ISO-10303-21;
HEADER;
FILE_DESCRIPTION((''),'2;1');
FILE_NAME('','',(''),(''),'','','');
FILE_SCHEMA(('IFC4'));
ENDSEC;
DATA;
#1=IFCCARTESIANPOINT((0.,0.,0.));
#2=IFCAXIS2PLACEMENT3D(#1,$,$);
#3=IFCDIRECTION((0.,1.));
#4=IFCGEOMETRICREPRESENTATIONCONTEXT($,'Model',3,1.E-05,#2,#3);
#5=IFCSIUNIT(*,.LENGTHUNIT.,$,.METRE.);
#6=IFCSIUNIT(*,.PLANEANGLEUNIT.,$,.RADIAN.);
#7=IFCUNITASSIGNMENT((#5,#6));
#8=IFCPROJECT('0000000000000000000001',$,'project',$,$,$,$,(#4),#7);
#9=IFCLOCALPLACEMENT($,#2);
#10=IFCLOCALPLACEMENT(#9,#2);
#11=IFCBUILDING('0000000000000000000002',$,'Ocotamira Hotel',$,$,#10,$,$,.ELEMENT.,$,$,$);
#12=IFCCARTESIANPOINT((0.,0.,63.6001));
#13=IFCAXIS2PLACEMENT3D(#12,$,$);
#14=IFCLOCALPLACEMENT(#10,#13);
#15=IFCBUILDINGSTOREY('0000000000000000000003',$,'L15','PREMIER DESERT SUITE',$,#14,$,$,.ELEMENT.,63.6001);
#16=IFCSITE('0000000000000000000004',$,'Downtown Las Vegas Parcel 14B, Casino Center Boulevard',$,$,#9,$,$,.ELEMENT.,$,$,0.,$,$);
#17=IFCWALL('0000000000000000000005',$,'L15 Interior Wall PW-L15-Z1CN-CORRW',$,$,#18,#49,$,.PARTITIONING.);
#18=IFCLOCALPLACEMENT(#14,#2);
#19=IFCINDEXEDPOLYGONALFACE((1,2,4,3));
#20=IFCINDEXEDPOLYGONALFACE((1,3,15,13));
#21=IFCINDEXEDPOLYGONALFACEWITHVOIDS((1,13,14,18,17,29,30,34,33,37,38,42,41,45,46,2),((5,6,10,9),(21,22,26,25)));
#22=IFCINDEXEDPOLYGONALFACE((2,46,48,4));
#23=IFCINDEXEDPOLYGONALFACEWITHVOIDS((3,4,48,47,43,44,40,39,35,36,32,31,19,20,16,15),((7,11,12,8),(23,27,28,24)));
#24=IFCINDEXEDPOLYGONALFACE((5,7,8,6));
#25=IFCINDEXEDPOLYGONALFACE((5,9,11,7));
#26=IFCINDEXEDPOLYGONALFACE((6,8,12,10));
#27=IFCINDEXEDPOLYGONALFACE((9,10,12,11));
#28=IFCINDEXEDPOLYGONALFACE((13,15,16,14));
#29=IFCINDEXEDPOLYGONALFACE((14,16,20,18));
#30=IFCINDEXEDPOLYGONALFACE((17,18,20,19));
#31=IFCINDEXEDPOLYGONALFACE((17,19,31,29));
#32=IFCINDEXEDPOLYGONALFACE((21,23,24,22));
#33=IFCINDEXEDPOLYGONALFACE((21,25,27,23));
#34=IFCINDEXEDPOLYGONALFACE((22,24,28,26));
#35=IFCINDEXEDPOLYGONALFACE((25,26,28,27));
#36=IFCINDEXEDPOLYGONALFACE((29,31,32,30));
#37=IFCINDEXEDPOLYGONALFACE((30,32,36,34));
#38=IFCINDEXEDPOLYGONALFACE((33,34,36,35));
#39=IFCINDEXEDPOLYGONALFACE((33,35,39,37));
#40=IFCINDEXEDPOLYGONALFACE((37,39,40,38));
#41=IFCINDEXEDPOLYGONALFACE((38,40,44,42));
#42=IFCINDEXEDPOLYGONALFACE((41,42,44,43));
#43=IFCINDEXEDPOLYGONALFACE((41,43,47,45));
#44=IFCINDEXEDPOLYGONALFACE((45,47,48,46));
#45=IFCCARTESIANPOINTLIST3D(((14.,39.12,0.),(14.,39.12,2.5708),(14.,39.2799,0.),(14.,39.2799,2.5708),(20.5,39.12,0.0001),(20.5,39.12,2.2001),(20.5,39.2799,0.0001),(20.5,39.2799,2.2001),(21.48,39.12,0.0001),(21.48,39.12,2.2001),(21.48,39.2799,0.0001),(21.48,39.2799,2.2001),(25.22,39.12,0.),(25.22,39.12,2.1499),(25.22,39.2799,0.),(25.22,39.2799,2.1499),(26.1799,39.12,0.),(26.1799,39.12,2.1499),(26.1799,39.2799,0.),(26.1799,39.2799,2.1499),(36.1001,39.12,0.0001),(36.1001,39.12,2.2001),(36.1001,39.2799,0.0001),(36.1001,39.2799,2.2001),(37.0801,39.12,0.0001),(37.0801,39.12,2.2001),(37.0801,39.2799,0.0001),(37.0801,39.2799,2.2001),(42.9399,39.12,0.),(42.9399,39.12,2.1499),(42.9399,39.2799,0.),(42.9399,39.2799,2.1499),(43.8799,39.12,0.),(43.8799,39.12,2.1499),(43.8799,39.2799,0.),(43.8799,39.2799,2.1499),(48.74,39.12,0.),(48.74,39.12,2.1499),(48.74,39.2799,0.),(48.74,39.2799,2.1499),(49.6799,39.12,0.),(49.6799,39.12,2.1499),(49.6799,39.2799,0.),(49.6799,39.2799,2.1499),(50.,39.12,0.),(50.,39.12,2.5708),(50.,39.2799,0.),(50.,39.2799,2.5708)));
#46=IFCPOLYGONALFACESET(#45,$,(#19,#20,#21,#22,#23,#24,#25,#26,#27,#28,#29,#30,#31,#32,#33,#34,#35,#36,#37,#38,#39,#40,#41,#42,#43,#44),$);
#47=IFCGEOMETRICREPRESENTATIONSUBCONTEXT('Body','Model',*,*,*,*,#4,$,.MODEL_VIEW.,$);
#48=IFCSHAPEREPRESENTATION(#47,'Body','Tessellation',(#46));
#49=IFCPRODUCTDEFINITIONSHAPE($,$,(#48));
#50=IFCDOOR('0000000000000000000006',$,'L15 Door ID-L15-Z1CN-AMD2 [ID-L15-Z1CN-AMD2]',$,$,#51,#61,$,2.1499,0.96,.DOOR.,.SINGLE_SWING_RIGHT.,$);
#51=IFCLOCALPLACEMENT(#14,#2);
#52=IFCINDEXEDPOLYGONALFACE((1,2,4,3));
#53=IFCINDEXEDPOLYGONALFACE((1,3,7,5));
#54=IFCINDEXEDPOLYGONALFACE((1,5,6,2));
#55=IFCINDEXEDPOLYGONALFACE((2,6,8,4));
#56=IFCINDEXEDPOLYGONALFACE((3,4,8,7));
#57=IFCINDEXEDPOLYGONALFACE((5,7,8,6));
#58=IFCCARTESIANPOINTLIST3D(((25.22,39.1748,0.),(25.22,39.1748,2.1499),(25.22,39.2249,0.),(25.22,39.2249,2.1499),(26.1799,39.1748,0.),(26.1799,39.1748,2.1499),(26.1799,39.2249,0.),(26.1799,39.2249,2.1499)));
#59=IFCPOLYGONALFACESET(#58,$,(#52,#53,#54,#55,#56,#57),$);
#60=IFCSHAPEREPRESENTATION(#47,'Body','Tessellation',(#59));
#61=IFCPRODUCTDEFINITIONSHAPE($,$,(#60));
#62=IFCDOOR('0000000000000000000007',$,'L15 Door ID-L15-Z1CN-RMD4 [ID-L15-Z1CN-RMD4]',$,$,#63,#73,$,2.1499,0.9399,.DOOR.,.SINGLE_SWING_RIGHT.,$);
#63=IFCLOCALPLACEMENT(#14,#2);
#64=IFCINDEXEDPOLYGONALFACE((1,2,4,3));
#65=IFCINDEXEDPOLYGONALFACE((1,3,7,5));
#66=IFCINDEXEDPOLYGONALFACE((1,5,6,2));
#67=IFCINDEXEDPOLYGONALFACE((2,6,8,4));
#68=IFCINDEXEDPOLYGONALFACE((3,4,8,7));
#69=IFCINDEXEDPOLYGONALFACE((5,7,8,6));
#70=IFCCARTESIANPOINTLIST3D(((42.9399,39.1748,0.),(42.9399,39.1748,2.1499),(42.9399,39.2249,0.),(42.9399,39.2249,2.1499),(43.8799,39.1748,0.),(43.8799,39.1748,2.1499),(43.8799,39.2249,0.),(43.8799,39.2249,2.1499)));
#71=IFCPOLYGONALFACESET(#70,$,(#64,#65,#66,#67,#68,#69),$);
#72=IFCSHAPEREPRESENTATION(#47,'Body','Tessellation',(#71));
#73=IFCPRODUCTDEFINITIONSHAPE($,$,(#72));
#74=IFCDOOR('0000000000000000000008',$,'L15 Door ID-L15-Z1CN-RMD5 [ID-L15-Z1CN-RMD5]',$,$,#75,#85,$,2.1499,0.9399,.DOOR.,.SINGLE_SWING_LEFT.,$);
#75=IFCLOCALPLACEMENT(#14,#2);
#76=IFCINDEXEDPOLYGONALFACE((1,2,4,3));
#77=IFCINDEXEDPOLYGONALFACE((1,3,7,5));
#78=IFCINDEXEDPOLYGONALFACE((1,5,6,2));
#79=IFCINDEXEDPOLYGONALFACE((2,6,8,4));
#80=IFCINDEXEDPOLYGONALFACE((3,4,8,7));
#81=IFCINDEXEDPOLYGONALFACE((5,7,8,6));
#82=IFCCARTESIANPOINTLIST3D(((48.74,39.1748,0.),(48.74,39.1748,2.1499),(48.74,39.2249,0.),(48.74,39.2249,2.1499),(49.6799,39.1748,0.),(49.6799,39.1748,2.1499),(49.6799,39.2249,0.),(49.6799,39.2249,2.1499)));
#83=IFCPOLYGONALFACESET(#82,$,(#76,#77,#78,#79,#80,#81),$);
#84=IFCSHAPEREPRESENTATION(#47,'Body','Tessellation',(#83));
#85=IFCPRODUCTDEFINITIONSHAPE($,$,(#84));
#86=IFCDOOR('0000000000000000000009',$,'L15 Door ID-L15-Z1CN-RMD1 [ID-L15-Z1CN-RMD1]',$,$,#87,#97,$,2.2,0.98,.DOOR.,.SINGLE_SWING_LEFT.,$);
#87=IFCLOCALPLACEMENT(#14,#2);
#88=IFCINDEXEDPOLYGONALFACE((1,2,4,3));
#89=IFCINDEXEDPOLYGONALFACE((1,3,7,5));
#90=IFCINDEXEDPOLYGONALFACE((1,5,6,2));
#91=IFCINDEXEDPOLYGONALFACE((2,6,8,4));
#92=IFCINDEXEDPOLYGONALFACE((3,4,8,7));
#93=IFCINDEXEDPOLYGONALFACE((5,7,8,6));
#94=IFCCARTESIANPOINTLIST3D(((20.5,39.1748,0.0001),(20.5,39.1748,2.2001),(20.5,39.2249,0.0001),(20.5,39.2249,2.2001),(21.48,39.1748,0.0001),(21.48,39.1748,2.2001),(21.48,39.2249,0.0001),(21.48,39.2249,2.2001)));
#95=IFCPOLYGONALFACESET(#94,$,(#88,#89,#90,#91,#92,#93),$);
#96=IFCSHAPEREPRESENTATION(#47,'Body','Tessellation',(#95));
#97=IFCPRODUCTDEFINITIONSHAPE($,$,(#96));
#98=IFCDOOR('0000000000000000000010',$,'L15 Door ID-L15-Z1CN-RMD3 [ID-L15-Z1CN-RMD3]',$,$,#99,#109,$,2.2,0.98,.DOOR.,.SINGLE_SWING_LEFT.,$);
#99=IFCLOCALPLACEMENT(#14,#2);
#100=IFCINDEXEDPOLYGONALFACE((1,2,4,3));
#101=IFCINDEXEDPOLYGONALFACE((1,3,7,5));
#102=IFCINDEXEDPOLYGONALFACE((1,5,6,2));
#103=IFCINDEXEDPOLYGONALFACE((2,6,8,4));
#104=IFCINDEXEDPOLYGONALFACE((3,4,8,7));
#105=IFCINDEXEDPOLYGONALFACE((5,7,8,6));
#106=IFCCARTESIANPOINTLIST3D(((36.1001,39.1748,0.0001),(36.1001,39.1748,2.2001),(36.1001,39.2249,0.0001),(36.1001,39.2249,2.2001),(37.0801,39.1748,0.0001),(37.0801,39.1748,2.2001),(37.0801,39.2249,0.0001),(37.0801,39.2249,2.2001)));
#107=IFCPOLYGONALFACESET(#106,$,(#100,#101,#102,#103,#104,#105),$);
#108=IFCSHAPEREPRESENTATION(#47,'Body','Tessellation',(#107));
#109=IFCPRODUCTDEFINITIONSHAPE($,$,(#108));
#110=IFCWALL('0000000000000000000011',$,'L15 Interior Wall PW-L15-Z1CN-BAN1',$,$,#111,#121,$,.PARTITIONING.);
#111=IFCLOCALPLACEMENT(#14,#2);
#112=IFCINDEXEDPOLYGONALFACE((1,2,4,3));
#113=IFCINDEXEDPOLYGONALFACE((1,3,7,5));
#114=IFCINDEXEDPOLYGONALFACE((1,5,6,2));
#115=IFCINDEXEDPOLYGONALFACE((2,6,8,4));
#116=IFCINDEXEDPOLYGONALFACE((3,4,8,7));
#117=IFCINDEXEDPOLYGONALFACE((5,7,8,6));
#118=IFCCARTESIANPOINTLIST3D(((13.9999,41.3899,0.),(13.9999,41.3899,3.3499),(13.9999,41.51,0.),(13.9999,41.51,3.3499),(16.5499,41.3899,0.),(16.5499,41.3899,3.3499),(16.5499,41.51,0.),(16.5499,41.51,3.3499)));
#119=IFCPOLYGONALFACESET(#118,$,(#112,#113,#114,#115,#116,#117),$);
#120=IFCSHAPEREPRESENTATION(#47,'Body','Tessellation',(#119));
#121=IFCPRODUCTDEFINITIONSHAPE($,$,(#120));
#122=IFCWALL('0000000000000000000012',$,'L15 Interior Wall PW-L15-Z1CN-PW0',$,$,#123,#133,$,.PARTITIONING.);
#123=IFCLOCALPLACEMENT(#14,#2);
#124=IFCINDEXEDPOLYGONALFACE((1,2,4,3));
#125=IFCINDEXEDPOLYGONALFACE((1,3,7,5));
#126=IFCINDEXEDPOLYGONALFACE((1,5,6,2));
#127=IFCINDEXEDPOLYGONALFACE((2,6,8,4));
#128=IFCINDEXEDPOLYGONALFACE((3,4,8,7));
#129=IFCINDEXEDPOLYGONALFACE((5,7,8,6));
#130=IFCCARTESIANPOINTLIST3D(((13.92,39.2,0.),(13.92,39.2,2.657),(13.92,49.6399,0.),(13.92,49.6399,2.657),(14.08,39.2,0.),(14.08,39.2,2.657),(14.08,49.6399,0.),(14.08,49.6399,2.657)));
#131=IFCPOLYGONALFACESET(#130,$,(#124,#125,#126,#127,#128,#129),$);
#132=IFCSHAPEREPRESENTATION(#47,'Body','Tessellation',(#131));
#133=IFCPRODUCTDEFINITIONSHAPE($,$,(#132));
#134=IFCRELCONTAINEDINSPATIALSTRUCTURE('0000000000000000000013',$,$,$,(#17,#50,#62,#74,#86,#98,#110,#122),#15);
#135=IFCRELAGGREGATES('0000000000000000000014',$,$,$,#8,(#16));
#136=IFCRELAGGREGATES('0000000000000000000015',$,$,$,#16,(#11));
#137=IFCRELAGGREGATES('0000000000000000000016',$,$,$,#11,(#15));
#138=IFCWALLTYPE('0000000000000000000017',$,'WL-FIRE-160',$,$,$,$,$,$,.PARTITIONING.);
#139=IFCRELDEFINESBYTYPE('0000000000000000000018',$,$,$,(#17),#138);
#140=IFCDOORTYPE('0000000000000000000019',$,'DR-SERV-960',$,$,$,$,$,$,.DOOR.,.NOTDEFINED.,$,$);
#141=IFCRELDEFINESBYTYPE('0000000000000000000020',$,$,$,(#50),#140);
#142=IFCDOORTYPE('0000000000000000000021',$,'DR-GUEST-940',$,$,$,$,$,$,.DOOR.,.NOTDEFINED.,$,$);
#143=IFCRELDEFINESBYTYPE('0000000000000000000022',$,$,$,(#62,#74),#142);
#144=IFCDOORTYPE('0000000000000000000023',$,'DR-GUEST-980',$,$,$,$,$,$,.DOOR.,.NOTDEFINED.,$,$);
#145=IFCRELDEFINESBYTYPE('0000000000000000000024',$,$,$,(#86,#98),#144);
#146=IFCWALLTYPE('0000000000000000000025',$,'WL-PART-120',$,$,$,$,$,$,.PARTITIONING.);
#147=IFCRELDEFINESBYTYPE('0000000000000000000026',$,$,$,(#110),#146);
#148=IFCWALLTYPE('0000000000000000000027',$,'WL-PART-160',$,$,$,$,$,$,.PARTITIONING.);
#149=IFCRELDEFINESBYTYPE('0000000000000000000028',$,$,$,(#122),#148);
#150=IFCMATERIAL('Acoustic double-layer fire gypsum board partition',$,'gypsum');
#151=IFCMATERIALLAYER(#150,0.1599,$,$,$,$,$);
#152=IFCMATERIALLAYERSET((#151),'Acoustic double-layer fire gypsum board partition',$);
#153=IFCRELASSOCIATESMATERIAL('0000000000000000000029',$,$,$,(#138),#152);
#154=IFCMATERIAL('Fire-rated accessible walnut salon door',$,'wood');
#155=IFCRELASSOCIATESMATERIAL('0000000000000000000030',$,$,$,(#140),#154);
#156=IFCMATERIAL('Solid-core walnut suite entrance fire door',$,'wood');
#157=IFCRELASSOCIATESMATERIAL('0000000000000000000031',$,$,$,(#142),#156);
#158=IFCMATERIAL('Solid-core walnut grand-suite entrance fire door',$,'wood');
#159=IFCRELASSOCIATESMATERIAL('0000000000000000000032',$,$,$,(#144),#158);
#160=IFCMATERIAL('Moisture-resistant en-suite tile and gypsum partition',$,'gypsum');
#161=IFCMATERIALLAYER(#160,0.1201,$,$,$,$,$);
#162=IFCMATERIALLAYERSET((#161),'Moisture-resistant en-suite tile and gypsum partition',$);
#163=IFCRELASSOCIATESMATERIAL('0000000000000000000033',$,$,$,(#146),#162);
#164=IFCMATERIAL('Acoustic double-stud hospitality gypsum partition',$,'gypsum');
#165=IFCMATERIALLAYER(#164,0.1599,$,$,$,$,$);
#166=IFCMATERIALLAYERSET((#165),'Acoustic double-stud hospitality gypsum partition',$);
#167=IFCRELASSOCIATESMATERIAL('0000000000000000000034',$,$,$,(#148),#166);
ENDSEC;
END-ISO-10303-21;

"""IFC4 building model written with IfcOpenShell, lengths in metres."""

from ifc_helpers import new_model, si_unit, direction, frame, frame_2d, origin, place, context, subcontext, project, spatial, rectangle, extrude, source, transform, mapped, material, layer, layer_set, type_object, element, fill, save


model = new_model("IFC4")

# Units and contexts
model_context = context("Model", 3, precision=1e-05, world=origin(), true_north=direction((0.0, 1.0)))
body_context = subcontext(model_context, "Body", "Model", "MODEL_VIEW")
ifc_project = project(units=[si_unit("LENGTHUNIT", "METRE"), si_unit("PLANEANGLEUNIT", "RADIAN")], contexts=[model_context])

# Site, building, storey
site_placement = place(None, origin())
site = spatial("IfcSite", under=ifc_project, at=site_placement, Name="Downtown Las Vegas Parcel 14B, Casino Center Boulevard", CompositionType="ELEMENT", RefElevation=0.0)
building_placement = place(site_placement, origin())
building = spatial("IfcBuilding", under=site, at=building_placement, Name="Ocotamira Hotel", CompositionType="ELEMENT")
storey_placement = place(building_placement, frame((0.0, 0.0, 63.6001)))
storey = spatial("IfcBuildingStorey", under=building, at=storey_placement, Name="L15", Description="PREMIER DESERT SUITE", CompositionType="ELEMENT", Elevation=63.6001)

# Shared definitions
ifc_material_1 = material(Name="Acoustic double-layer fire gypsum board partition", Category="gypsum")
ifc_layer_1 = layer(ifc_material_1, 0.1599)
ifc_layer_set_1 = layer_set([ifc_layer_1], Name="Acoustic double-layer fire gypsum board partition")
wall_type_1 = type_object("IfcWallType", Name="WL-FIRE-160", PredefinedType="PARTITIONING", material=ifc_layer_set_1)
ifc_material_2 = material(Name="Fire-rated accessible walnut salon door", Category="wood")
door_type_1 = type_object("IfcDoorType", Name="DR-SERV-960", OperationType="NOTDEFINED", PredefinedType="DOOR", material=ifc_material_2)
shared_shape_1 = source(origin(), body_context, "Body", "SweptSolid", [
    extrude(rectangle(XDim=0.96, YDim=2.1499, at=frame_2d((0.48, 1.075))), frame((0.0, 0.0249, 0.0), z_axis=(0.0, -1.0, 0.0), x_axis=(1.0, 0.0, 0.0)), (0.0, 0.0, 1.0), 0.05),
])

# Wall, openings, doors
wall_1_placement = place(storey_placement, frame((14.0, 39.2, 0.0), z_axis=(0.0, 0.0, 1.0), x_axis=(1.0, 0.0, 0.0)))
wall_1 = element("IfcWall", 1, at=wall_1_placement, inside=storey, type_object=wall_type_1, Name="L15 Interior Wall PW-L15-Z1CN-CORRW", PredefinedType="PARTITIONING", context=body_context, shape_type="SweptSolid", body=[
    extrude(rectangle(XDim=36.0, YDim=0.1599, at=frame_2d((18.0, 0.0))), origin(), (0.0, 0.0, 1.0), 2.5708),
])
opening_1_placement = place(wall_1_placement, frame((6.5, 0.0, 0.0)))
opening_1 = element("IfcOpeningElement", 2, at=opening_1_placement, cuts=wall_1, PredefinedType="OPENING", context=body_context, shape_type="SweptSolid", body=[
    extrude(rectangle(XDim=0.98, YDim=2.2, at=frame_2d((0.49, 1.1001))), frame((0.0, 0.0898, 0.0), z_axis=(0.0, -1.0, 0.0), x_axis=(1.0, 0.0, 0.0)), (0.0, 0.0, 1.0), 0.1799),
])
opening_2_placement = place(wall_1_placement, frame((11.22, 0.0, 0.0)))
opening_2 = element("IfcOpeningElement", 3, at=opening_2_placement, cuts=wall_1, PredefinedType="OPENING", context=body_context, shape_type="SweptSolid", body=[
    extrude(rectangle(XDim=0.96, YDim=2.1499, at=frame_2d((0.48, 1.075))), frame((0.0, 0.0898, 0.0), z_axis=(0.0, -1.0, 0.0), x_axis=(1.0, 0.0, 0.0)), (0.0, 0.0, 1.0), 0.1799),
])
opening_3_placement = place(wall_1_placement, frame((22.1001, 0.0, 0.0)))
opening_3 = element("IfcOpeningElement", 4, at=opening_3_placement, cuts=wall_1, PredefinedType="OPENING", context=body_context, shape_type="SweptSolid", body=[
    extrude(rectangle(XDim=0.98, YDim=2.2, at=frame_2d((0.49, 1.1001))), frame((0.0, 0.0898, 0.0), z_axis=(0.0, -1.0, 0.0), x_axis=(1.0, 0.0, 0.0)), (0.0, 0.0, 1.0), 0.1799),
])
opening_4_placement = place(wall_1_placement, frame((28.9399, 0.0, 0.0)))
opening_4 = element("IfcOpeningElement", 5, at=opening_4_placement, cuts=wall_1, PredefinedType="OPENING", context=body_context, shape_type="SweptSolid", body=[
    extrude(rectangle(XDim=0.9399, YDim=2.1499, at=frame_2d((0.47, 1.075))), frame((0.0, 0.0898, 0.0), z_axis=(0.0, -1.0, 0.0), x_axis=(1.0, 0.0, 0.0)), (0.0, 0.0, 1.0), 0.1799),
])
opening_5_placement = place(wall_1_placement, frame((34.74, 0.0, 0.0)))
opening_5 = element("IfcOpeningElement", 6, at=opening_5_placement, cuts=wall_1, PredefinedType="OPENING", context=body_context, shape_type="SweptSolid", body=[
    extrude(rectangle(XDim=0.9399, YDim=2.1499, at=frame_2d((0.47, 1.075))), frame((0.0, 0.0898, 0.0), z_axis=(0.0, -1.0, 0.0), x_axis=(1.0, 0.0, 0.0)), (0.0, 0.0, 1.0), 0.1799),
])
door_1_placement = place(opening_2_placement, origin())
door_1 = element("IfcDoor", 7, at=door_1_placement, inside=storey, type_object=door_type_1, Name="L15 Door ID-L15-Z1CN-AMD2 [ID-L15-Z1CN-AMD2]", OperationType="SINGLE_SWING_RIGHT", OverallHeight=2.1499, OverallWidth=0.96, PredefinedType="DOOR", context=body_context, shape_type="MappedRepresentation", body=[
    mapped(shared_shape_1, transform((0.0, 0.0, 0.0), scale=1.0)),
])
fill(opening_2, door_1)
ifc_material_3 = material(Name="Solid-core walnut suite entrance fire door", Category="wood")
door_type_2 = type_object("IfcDoorType", Name="DR-GUEST-940", OperationType="NOTDEFINED", PredefinedType="DOOR", material=ifc_material_3)
shared_shape_2 = source(origin(), body_context, "Body", "SweptSolid", [
    extrude(rectangle(XDim=0.9399, YDim=2.1499, at=frame_2d((0.47, 1.075))), frame((0.0, 0.0249, 0.0), z_axis=(0.0, -1.0, 0.0), x_axis=(1.0, 0.0, 0.0)), (0.0, 0.0, 1.0), 0.05),
])
door_2_placement = place(opening_4_placement, origin())
door_2 = element("IfcDoor", 8, at=door_2_placement, inside=storey, type_object=door_type_2, Name="L15 Door ID-L15-Z1CN-RMD4 [ID-L15-Z1CN-RMD4]", OperationType="SINGLE_SWING_RIGHT", OverallHeight=2.1499, OverallWidth=0.9399, PredefinedType="DOOR", context=body_context, shape_type="MappedRepresentation", body=[
    mapped(shared_shape_2, transform((0.0, 0.0, 0.0), scale=1.0)),
])
fill(opening_4, door_2)
door_3_placement = place(opening_5_placement, origin())
door_3 = element("IfcDoor", 9, at=door_3_placement, inside=storey, type_object=door_type_2, Name="L15 Door ID-L15-Z1CN-RMD5 [ID-L15-Z1CN-RMD5]", OperationType="SINGLE_SWING_LEFT", OverallHeight=2.1499, OverallWidth=0.9399, PredefinedType="DOOR", context=body_context, shape_type="MappedRepresentation", body=[
    mapped(shared_shape_2, transform((0.0, 0.0, 0.0), scale=1.0)),
])
fill(opening_5, door_3)
ifc_material_4 = material(Name="Solid-core walnut grand-suite entrance fire door", Category="wood")
door_type_3 = type_object("IfcDoorType", Name="DR-GUEST-980", OperationType="NOTDEFINED", PredefinedType="DOOR", material=ifc_material_4)
shared_shape_3 = source(origin(), body_context, "Body", "SweptSolid", [
    extrude(rectangle(XDim=0.98, YDim=2.2, at=frame_2d((0.49, 1.1001))), frame((0.0, 0.0249, 0.0), z_axis=(0.0, -1.0, 0.0), x_axis=(1.0, 0.0, 0.0)), (0.0, 0.0, 1.0), 0.05),
])
door_4_placement = place(opening_1_placement, origin())
door_4 = element("IfcDoor", 10, at=door_4_placement, inside=storey, type_object=door_type_3, Name="L15 Door ID-L15-Z1CN-RMD1 [ID-L15-Z1CN-RMD1]", OperationType="SINGLE_SWING_LEFT", OverallHeight=2.2, OverallWidth=0.98, PredefinedType="DOOR", context=body_context, shape_type="MappedRepresentation", body=[
    mapped(shared_shape_3, transform((0.0, 0.0, 0.0), scale=1.0)),
])
fill(opening_1, door_4)
door_5_placement = place(opening_3_placement, origin())
door_5 = element("IfcDoor", 11, at=door_5_placement, inside=storey, type_object=door_type_3, Name="L15 Door ID-L15-Z1CN-RMD3 [ID-L15-Z1CN-RMD3]", OperationType="SINGLE_SWING_LEFT", OverallHeight=2.2, OverallWidth=0.98, PredefinedType="DOOR", context=body_context, shape_type="MappedRepresentation", body=[
    mapped(shared_shape_3, transform((0.0, 0.0, 0.0), scale=1.0)),
])
fill(opening_3, door_5)

# Walls
ifc_material_5 = material(Name="Moisture-resistant en-suite tile and gypsum partition", Category="gypsum")
ifc_layer_2 = layer(ifc_material_5, 0.1201)
ifc_layer_set_2 = layer_set([ifc_layer_2], Name="Moisture-resistant en-suite tile and gypsum partition")
wall_type_2 = type_object("IfcWallType", Name="WL-PART-120", PredefinedType="PARTITIONING", material=ifc_layer_set_2)
wall_2_placement = place(storey_placement, frame((14.0, 41.45, 0.0), z_axis=(0.0, 0.0, 1.0), x_axis=(1.0, 0.0, 0.0)))
element("IfcWall", 12, at=wall_2_placement, inside=storey, type_object=wall_type_2, Name="L15 Interior Wall PW-L15-Z1CN-BAN1", PredefinedType="PARTITIONING", context=body_context, shape_type="SweptSolid", body=[
    extrude(rectangle(XDim=2.55, YDim=0.1201, at=frame_2d((1.2749, 0.0))), origin(), (0.0, 0.0, 1.0), 3.3499),
])
ifc_material_6 = material(Name="Acoustic double-stud hospitality gypsum partition", Category="gypsum")
ifc_layer_3 = layer(ifc_material_6, 0.1599)
ifc_layer_set_3 = layer_set([ifc_layer_3], Name="Acoustic double-stud hospitality gypsum partition")
wall_type_3 = type_object("IfcWallType", Name="WL-PART-160", PredefinedType="PARTITIONING", material=ifc_layer_set_3)
wall_3_placement = place(storey_placement, frame((14.0, 39.2, 0.0), z_axis=(0.0, 0.0, 1.0), x_axis=(0.0, 1.0, 0.0)))
element("IfcWall", 13, at=wall_3_placement, inside=storey, type_object=wall_type_3, Name="L15 Interior Wall PW-L15-Z1CN-PW0", PredefinedType="PARTITIONING", context=body_context, shape_type="SweptSolid", body=[
    extrude(rectangle(XDim=10.4399, YDim=0.1599, at=frame_2d((5.22, 0.0))), origin(), (0.0, 0.0, 1.0), 2.657),
])

save(model, "model.ifc")
